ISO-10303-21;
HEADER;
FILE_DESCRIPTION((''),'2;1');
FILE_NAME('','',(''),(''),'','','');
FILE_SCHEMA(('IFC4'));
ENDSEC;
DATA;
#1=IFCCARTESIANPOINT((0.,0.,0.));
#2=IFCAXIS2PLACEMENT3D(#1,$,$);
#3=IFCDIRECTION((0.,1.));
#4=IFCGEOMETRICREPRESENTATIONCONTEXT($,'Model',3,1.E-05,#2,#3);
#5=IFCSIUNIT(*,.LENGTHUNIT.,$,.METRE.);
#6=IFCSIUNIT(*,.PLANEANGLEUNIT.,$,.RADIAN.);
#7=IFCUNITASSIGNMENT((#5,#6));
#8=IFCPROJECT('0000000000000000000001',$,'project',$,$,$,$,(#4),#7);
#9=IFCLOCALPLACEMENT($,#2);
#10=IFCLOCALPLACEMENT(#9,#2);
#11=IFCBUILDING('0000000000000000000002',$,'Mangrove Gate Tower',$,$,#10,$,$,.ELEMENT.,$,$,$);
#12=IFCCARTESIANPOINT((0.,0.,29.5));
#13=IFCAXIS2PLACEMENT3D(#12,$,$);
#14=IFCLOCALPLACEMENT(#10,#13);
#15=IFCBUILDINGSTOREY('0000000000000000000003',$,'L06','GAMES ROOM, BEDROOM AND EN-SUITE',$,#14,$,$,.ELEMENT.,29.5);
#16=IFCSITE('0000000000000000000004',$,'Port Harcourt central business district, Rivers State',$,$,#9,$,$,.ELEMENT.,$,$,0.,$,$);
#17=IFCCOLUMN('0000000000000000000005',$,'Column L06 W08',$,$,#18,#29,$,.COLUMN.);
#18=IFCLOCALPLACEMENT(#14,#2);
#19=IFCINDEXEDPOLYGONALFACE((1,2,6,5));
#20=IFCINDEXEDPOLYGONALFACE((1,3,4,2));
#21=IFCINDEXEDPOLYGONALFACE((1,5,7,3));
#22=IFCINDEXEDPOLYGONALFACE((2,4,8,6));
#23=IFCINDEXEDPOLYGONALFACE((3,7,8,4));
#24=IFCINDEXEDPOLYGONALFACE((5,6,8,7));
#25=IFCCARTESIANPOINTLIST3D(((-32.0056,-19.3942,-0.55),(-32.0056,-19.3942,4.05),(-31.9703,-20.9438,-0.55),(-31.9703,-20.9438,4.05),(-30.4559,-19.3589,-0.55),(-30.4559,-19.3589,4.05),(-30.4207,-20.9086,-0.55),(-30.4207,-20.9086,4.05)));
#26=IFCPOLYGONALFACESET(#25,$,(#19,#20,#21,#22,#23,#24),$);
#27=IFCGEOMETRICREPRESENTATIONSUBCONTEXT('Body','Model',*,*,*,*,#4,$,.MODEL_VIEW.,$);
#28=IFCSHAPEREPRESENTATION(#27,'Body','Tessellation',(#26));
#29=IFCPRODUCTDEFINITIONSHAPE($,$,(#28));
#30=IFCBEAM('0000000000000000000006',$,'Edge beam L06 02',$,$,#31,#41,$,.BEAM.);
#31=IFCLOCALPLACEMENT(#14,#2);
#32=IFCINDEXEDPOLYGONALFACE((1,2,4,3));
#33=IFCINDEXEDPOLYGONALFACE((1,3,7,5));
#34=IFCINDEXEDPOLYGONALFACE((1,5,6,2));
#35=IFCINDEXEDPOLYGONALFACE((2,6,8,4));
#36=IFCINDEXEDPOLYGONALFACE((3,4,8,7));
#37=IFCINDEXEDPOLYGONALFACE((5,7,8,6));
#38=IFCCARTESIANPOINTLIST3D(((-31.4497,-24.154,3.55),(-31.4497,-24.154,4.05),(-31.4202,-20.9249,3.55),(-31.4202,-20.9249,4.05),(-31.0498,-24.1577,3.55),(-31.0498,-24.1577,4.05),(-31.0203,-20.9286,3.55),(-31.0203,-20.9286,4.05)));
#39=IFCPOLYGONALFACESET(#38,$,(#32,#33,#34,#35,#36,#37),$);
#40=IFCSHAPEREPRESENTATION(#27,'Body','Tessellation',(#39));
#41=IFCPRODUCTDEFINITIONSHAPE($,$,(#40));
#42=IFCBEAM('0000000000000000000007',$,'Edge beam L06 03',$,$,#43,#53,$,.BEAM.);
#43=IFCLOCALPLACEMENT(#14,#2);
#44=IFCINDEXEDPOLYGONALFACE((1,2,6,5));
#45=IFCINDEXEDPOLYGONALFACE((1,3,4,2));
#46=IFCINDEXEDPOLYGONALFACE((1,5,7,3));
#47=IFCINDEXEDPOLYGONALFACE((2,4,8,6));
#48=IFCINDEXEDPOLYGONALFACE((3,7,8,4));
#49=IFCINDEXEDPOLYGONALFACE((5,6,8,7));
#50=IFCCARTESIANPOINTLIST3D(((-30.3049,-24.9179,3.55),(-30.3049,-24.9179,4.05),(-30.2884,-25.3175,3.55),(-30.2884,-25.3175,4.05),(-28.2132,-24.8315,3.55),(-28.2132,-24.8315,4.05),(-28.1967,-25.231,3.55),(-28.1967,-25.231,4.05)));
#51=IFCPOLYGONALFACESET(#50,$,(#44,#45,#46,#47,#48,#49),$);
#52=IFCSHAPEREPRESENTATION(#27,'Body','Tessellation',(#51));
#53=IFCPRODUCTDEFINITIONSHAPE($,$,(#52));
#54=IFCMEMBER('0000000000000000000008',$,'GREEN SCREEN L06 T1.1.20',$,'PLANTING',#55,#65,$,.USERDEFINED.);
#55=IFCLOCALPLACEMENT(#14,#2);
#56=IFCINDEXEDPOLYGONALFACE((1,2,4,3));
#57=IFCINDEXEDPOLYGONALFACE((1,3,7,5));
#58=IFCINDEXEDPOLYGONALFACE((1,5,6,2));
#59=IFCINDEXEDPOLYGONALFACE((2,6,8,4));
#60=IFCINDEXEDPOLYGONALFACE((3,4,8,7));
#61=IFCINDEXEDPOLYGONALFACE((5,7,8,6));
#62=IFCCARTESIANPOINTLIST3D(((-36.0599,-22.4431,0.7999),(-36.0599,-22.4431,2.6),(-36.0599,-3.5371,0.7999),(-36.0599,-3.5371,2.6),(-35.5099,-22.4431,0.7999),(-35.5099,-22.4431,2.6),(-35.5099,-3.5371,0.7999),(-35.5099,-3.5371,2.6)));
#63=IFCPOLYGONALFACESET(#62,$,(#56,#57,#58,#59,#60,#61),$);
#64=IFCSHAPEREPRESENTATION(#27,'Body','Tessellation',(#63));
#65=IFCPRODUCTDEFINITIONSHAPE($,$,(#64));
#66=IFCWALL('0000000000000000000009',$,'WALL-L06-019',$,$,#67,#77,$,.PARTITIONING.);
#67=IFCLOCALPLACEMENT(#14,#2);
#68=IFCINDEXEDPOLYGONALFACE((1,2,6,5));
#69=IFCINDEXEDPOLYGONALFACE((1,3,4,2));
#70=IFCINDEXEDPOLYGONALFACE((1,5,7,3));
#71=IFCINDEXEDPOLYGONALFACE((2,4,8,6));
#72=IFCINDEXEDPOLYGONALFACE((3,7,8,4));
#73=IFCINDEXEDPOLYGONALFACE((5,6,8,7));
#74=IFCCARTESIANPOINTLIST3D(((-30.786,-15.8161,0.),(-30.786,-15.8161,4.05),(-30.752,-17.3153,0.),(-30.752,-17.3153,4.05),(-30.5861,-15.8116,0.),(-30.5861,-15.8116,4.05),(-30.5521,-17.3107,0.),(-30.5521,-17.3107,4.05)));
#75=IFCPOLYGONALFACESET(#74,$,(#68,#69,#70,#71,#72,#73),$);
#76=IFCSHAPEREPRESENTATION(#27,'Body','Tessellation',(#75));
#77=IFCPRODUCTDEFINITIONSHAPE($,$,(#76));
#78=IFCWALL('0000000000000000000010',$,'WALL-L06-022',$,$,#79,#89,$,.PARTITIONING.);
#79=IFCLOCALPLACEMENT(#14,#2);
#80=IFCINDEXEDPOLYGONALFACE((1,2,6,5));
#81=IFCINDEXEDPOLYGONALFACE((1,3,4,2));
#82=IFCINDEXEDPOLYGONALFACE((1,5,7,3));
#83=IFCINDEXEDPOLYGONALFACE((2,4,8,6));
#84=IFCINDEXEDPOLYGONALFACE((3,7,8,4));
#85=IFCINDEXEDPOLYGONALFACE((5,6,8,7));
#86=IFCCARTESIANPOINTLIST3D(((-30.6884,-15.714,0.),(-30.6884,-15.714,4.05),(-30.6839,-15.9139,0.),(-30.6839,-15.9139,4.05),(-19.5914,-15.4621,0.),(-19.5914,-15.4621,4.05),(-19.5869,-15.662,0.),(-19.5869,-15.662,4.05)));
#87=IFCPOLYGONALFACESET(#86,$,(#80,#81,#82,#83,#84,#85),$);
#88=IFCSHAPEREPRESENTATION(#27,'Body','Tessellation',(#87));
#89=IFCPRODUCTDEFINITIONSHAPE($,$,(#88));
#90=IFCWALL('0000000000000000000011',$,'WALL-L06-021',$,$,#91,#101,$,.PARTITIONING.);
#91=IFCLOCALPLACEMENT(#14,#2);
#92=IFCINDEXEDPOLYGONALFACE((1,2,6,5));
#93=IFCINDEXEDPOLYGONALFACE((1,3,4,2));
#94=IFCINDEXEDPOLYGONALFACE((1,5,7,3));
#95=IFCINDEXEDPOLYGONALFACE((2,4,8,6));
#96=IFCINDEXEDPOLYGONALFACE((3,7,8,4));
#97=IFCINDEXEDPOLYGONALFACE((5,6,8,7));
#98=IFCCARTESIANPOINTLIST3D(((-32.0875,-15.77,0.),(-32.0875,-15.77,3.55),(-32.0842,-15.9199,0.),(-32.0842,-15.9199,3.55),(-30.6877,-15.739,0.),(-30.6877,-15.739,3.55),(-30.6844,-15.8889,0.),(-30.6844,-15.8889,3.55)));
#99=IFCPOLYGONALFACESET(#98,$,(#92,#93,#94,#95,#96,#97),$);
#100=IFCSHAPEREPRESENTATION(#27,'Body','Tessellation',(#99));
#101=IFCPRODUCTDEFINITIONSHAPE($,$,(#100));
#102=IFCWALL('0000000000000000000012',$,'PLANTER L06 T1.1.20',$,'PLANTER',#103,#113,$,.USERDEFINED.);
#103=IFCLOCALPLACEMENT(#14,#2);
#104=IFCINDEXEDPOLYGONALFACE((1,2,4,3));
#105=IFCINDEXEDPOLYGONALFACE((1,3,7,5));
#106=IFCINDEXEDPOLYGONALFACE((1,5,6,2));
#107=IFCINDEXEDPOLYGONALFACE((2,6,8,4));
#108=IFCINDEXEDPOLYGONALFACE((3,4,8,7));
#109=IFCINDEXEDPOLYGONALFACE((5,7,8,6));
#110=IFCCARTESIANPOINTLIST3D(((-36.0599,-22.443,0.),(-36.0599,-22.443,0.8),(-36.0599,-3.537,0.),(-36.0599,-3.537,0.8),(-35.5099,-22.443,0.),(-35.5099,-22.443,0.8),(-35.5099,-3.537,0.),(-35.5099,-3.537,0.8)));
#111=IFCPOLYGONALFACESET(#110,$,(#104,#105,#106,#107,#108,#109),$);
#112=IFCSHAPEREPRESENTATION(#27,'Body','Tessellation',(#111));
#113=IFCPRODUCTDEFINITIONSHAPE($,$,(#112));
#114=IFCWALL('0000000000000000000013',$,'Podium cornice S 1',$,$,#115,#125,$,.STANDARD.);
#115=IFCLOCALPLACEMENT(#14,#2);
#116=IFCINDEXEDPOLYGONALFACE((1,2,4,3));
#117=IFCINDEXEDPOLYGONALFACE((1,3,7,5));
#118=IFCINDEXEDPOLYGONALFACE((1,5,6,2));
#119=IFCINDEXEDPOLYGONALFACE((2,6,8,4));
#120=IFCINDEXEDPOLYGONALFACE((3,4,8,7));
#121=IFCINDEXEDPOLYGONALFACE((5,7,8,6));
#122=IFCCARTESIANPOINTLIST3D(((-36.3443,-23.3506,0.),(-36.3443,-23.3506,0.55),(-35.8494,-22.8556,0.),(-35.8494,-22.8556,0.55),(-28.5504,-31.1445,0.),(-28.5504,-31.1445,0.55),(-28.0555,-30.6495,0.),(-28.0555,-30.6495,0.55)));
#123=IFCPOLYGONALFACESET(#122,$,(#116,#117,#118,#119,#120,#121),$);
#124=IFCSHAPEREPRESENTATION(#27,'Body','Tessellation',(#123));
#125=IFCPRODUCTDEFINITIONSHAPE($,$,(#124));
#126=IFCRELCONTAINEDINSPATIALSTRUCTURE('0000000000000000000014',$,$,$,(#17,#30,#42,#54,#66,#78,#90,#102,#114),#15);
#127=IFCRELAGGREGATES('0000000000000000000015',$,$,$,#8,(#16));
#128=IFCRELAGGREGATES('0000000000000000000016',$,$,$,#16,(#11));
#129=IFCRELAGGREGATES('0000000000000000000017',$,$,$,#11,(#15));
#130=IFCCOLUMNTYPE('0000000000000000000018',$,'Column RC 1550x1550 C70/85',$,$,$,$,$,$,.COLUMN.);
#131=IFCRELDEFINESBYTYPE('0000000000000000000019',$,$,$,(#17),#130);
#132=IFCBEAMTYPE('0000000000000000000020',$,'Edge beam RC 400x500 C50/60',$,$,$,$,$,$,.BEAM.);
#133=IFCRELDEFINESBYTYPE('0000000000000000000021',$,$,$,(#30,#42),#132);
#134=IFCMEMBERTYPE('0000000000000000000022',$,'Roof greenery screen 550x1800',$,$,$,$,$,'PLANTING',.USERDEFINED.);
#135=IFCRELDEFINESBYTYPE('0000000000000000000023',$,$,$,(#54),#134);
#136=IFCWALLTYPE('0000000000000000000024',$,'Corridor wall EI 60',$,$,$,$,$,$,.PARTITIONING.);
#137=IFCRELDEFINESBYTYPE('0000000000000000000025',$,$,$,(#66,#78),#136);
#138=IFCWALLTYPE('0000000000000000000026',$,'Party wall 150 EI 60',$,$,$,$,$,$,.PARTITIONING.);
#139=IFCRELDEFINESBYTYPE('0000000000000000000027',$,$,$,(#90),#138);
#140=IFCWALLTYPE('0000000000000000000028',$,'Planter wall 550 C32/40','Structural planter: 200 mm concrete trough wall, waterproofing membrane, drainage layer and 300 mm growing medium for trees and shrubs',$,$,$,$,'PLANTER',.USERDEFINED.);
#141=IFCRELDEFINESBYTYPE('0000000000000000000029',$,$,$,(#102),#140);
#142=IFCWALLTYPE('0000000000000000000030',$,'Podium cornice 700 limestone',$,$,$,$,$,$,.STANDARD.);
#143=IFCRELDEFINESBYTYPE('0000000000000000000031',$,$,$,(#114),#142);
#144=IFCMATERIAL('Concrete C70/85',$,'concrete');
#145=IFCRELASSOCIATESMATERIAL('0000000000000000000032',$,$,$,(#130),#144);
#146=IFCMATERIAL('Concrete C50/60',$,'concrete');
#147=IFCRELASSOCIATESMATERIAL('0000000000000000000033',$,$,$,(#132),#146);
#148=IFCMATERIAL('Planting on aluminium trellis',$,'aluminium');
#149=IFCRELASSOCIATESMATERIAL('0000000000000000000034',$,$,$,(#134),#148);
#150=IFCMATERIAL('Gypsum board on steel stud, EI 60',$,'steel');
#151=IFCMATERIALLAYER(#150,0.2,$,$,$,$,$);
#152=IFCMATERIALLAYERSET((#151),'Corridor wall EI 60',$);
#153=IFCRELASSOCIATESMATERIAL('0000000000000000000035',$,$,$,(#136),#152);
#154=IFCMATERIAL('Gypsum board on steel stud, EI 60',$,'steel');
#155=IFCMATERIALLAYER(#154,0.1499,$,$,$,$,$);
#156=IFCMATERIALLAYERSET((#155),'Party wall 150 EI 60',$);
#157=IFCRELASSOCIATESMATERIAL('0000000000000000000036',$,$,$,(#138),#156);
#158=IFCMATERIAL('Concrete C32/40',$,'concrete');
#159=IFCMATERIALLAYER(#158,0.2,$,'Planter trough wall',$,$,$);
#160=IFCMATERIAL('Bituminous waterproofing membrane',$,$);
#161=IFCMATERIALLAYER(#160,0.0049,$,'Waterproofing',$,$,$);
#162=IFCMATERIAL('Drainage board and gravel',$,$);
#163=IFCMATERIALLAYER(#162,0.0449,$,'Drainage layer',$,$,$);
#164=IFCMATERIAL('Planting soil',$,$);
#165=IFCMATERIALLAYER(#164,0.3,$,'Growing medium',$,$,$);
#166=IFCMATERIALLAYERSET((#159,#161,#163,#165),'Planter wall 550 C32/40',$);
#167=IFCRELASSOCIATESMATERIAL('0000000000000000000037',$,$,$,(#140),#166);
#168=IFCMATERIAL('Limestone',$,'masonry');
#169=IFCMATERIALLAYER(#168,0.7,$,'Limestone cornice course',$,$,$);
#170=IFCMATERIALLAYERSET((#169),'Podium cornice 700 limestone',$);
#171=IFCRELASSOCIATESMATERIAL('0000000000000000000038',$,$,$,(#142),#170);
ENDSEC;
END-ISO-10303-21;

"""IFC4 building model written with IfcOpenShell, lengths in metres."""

from ifc_helpers import new_model, si_unit, direction, frame, frame_2d, origin, origin_2d, place, context, subcontext, project, spatial, rectangle, extrude, material, layer, layer_set, material_profile, profile_set, type_object, element, save


model = new_model("IFC4")

# Units and contexts
model_context = context("Model", 3, precision=1e-05, world=origin(), true_north=direction((0.0, 1.0)))
body_context = subcontext(model_context, "Body", "Model", "MODEL_VIEW")
ifc_project = project(units=[si_unit("LENGTHUNIT", "METRE"), si_unit("PLANEANGLEUNIT", "RADIAN")], contexts=[model_context])

# Site, building, storey
site_placement = place(None, origin())
site = spatial("IfcSite", under=ifc_project, at=site_placement, Name="Port Harcourt central business district, Rivers State", CompositionType="ELEMENT", RefElevation=0.0)
building_placement = place(site_placement, origin())
building = spatial("IfcBuilding", under=site, at=building_placement, Name="Mangrove Gate Tower", CompositionType="ELEMENT")
storey_placement = place(building_placement, frame((0.0, 0.0, 29.5)))
storey = spatial("IfcBuildingStorey", under=building, at=storey_placement, Name="L06", Description="GAMES ROOM, BEDROOM AND EN-SUITE", CompositionType="ELEMENT", Elevation=29.5)

# Column
ifc_material_1 = material(Name="Concrete C70/85", Category="concrete")
ifc_material_profile_1 = material_profile(ifc_material_1, rectangle(XDim=1.55, YDim=1.55, at=origin_2d()))
ifc_profile_set_1 = profile_set([ifc_material_profile_1], Name="Concrete C70/85")
column_type = type_object("IfcColumnType", Name="Column RC 1550x1550 C70/85", PredefinedType="COLUMN", material=ifc_profile_set_1)
column_placement = place(storey_placement, frame((-31.2131, -20.1514, -0.55), z_axis=(0.0, 0.0, 1.0), x_axis=(0.02274, -0.999741, 0.0)))
element("IfcColumn", 1, at=column_placement, inside=storey, type_object=column_type, Name="Column L06 W08", PredefinedType="COLUMN", context=body_context, shape_type="SweptSolid", body=[
    extrude(rectangle(XDim=1.55, YDim=1.55, at=origin_2d()), origin(), (0.0, 0.0, 1.0), 4.6001),
])

# Beams
ifc_material_2 = material(Name="Concrete C50/60", Category="concrete")
ifc_material_profile_2 = material_profile(ifc_material_2, rectangle(XDim=0.3999, YDim=0.5, at=origin_2d()))
ifc_profile_set_2 = profile_set([ifc_material_profile_2], Name="Concrete C50/60")
beam_type = type_object("IfcBeamType", Name="Edge beam RC 400x500 C50/60", PredefinedType="BEAM", material=ifc_profile_set_2)
beam_1_placement = place(storey_placement, frame((-31.2202, -20.9268, 3.8), z_axis=(-0.009148, -0.999958, 0.0), x_axis=(0.999958, -0.009148, 0.0)))
element("IfcBeam", 2, at=beam_1_placement, inside=storey, type_object=beam_type, Name="Edge beam L06 02", PredefinedType="BEAM", context=body_context, shape_type="SweptSolid", body=[
    extrude(rectangle(XDim=0.3999, YDim=0.5, at=origin_2d()), origin(), (0.0, 0.0, 1.0), 3.2292),
])
beam_2_placement = place(storey_placement, frame((-30.2966, -25.1177, 3.8), z_axis=(0.999148, 0.041281, 0.0), x_axis=(-0.041281, 0.999148, 0.0)))
element("IfcBeam", 3, at=beam_2_placement, inside=storey, type_object=beam_type, Name="Edge beam L06 03", PredefinedType="BEAM", context=body_context, shape_type="SweptSolid", body=[
    extrude(rectangle(XDim=0.3999, YDim=0.5, at=origin_2d()), origin(), (0.0, 0.0, 1.0), 2.0935),
])

# Member
ifc_material_3 = material(Name="Planting on aluminium trellis", Category="aluminium")
ifc_material_profile_3 = material_profile(ifc_material_3, rectangle(XDim=0.55, YDim=1.8, at=origin_2d()))
ifc_profile_set_3 = profile_set([ifc_material_profile_3], Name="Planting on aluminium trellis")
member_type = type_object("IfcMemberType", Name="Roof greenery screen 550x1800", ElementType="PLANTING", PredefinedType="USERDEFINED", material=ifc_profile_set_3)
member_placement = place(storey_placement, frame((-35.7849, -22.4431, 1.7), z_axis=(0.0, 1.0, 0.0), x_axis=(-1.0, 0.0, 0.0)))
element("IfcMember", 4, at=member_placement, inside=storey, type_object=member_type, Name="GREEN SCREEN L06 T1.1.20", ObjectType="PLANTING", PredefinedType="USERDEFINED", context=body_context, shape_type="SweptSolid", body=[
    extrude(rectangle(XDim=0.55, YDim=1.8, at=origin_2d()), origin(), (0.0, 0.0, 1.0), 18.906),
])

# Shared definitions
ifc_material_4 = material(Name="Gypsum board on steel stud, EI 60", Category="steel")
ifc_layer_1 = layer(ifc_material_4, 0.2)
ifc_layer_set_1 = layer_set([ifc_layer_1], Name="Corridor wall EI 60")
wall_type_1 = type_object("IfcWallType", Name="Corridor wall EI 60", PredefinedType="PARTITIONING", material=ifc_layer_set_1)

# Walls
wall_1_placement = place(storey_placement, frame((-30.6521, -17.313, 0.0), z_axis=(0.0, 0.0, 1.0), x_axis=(-0.022633, 0.999744, 0.0)))
element("IfcWall", 5, at=wall_1_placement, inside=storey, type_object=wall_type_1, Name="WALL-L06-019", PredefinedType="PARTITIONING", context=body_context, shape_type="SweptSolid", body=[
    extrude(rectangle(XDim=1.4995, YDim=0.2, at=frame_2d((0.7498, 0.0))), origin(), (0.0, 0.0, 1.0), 4.05),
])
wall_2_placement = place(storey_placement, frame((-30.686, -15.814, 0.0), z_axis=(0.0, 0.0, 1.0), x_axis=(0.999742, 0.022699, 0.0)))
element("IfcWall", 6, at=wall_2_placement, inside=storey, type_object=wall_type_1, Name="WALL-L06-022", PredefinedType="PARTITIONING", context=body_context, shape_type="SweptSolid", body=[
    extrude(rectangle(XDim=11.0999, YDim=0.2, at=frame_2d((5.5498, 0.0))), origin(), (0.0, 0.0, 1.0), 4.05),
])
ifc_material_5 = material(Name="Gypsum board on steel stud, EI 60", Category="steel")
ifc_layer_2 = layer(ifc_material_5, 0.1499)
ifc_layer_set_2 = layer_set([ifc_layer_2], Name="Party wall 150 EI 60")
wall_type_2 = type_object("IfcWallType", Name="Party wall 150 EI 60", PredefinedType="PARTITIONING", material=ifc_layer_set_2)
wall_3_placement = place(storey_placement, frame((-32.0859, -15.845, 0.0), z_axis=(0.0, 0.0, 1.0), x_axis=(0.999755, 0.022143, 0.0)))
element("IfcWall", 7, at=wall_3_placement, inside=storey, type_object=wall_type_2, Name="WALL-L06-021", PredefinedType="PARTITIONING", context=body_context, shape_type="SweptSolid", body=[
    extrude(rectangle(XDim=1.4001, YDim=0.1499, at=frame_2d((0.7002, 0.0))), origin(), (0.0, 0.0, 1.0), 3.55),
])
ifc_material_6 = material(Name="Concrete C32/40", Category="concrete")
ifc_layer_3 = layer(ifc_material_6, 0.2, Name="Planter trough wall")
ifc_material_7 = material(Name="Bituminous waterproofing membrane")
ifc_layer_4 = layer(ifc_material_7, 0.0049, Name="Waterproofing")
ifc_material_8 = material(Name="Drainage board and gravel")
ifc_layer_5 = layer(ifc_material_8, 0.0449, Name="Drainage layer")
ifc_material_9 = material(Name="Planting soil")
ifc_layer_6 = layer(ifc_material_9, 0.3, Name="Growing medium")
ifc_layer_set_3 = layer_set([ifc_layer_3, ifc_layer_4, ifc_layer_5, ifc_layer_6], Name="Planter wall 550 C32/40")
wall_type_3 = type_object("IfcWallType", Name="Planter wall 550 C32/40", Description="Structural planter: 200 mm concrete trough wall, waterproofing membrane, drainage layer and 300 mm growing medium for trees and shrubs", ElementType="PLANTER", PredefinedType="USERDEFINED", material=ifc_layer_set_3)
wall_4_placement = place(storey_placement, frame((-35.7849, -22.4431, 0.0), z_axis=(0.0, 0.0, 1.0), x_axis=(0.0, 1.0, 0.0)))
element("IfcWall", 8, at=wall_4_placement, inside=storey, type_object=wall_type_3, Name="PLANTER L06 T1.1.20", ObjectType="PLANTER", PredefinedType="USERDEFINED", context=body_context, shape_type="SweptSolid", body=[
    extrude(rectangle(XDim=18.906, YDim=0.55, at=frame_2d((9.4531, 0.0))), origin(), (0.0, 0.0, 1.0), 0.8),
])
ifc_material_10 = material(Name="Limestone", Category="masonry")
ifc_layer_7 = layer(ifc_material_10, 0.7, Name="Limestone cornice course")
ifc_layer_set_4 = layer_set([ifc_layer_7], Name="Podium cornice 700 limestone")
wall_type_4 = type_object("IfcWallType", Name="Podium cornice 700 limestone", PredefinedType="STANDARD", material=ifc_layer_set_4)
wall_5_placement = place(storey_placement, frame((-36.0969, -23.103, 0.0), z_axis=(0.0, 0.0, 1.0), x_axis=(0.707107, -0.707107, 0.0)))
element("IfcWall", 9, at=wall_5_placement, inside=storey, type_object=wall_type_4, Name="Podium cornice S 1", PredefinedType="STANDARD", context=body_context, shape_type="SweptSolid", body=[
    extrude(rectangle(XDim=11.0222, YDim=0.7, at=frame_2d((5.5112, 0.0))), origin(), (0.0, 0.0, 1.0), 0.55),
])

save(model, "model.ifc")
